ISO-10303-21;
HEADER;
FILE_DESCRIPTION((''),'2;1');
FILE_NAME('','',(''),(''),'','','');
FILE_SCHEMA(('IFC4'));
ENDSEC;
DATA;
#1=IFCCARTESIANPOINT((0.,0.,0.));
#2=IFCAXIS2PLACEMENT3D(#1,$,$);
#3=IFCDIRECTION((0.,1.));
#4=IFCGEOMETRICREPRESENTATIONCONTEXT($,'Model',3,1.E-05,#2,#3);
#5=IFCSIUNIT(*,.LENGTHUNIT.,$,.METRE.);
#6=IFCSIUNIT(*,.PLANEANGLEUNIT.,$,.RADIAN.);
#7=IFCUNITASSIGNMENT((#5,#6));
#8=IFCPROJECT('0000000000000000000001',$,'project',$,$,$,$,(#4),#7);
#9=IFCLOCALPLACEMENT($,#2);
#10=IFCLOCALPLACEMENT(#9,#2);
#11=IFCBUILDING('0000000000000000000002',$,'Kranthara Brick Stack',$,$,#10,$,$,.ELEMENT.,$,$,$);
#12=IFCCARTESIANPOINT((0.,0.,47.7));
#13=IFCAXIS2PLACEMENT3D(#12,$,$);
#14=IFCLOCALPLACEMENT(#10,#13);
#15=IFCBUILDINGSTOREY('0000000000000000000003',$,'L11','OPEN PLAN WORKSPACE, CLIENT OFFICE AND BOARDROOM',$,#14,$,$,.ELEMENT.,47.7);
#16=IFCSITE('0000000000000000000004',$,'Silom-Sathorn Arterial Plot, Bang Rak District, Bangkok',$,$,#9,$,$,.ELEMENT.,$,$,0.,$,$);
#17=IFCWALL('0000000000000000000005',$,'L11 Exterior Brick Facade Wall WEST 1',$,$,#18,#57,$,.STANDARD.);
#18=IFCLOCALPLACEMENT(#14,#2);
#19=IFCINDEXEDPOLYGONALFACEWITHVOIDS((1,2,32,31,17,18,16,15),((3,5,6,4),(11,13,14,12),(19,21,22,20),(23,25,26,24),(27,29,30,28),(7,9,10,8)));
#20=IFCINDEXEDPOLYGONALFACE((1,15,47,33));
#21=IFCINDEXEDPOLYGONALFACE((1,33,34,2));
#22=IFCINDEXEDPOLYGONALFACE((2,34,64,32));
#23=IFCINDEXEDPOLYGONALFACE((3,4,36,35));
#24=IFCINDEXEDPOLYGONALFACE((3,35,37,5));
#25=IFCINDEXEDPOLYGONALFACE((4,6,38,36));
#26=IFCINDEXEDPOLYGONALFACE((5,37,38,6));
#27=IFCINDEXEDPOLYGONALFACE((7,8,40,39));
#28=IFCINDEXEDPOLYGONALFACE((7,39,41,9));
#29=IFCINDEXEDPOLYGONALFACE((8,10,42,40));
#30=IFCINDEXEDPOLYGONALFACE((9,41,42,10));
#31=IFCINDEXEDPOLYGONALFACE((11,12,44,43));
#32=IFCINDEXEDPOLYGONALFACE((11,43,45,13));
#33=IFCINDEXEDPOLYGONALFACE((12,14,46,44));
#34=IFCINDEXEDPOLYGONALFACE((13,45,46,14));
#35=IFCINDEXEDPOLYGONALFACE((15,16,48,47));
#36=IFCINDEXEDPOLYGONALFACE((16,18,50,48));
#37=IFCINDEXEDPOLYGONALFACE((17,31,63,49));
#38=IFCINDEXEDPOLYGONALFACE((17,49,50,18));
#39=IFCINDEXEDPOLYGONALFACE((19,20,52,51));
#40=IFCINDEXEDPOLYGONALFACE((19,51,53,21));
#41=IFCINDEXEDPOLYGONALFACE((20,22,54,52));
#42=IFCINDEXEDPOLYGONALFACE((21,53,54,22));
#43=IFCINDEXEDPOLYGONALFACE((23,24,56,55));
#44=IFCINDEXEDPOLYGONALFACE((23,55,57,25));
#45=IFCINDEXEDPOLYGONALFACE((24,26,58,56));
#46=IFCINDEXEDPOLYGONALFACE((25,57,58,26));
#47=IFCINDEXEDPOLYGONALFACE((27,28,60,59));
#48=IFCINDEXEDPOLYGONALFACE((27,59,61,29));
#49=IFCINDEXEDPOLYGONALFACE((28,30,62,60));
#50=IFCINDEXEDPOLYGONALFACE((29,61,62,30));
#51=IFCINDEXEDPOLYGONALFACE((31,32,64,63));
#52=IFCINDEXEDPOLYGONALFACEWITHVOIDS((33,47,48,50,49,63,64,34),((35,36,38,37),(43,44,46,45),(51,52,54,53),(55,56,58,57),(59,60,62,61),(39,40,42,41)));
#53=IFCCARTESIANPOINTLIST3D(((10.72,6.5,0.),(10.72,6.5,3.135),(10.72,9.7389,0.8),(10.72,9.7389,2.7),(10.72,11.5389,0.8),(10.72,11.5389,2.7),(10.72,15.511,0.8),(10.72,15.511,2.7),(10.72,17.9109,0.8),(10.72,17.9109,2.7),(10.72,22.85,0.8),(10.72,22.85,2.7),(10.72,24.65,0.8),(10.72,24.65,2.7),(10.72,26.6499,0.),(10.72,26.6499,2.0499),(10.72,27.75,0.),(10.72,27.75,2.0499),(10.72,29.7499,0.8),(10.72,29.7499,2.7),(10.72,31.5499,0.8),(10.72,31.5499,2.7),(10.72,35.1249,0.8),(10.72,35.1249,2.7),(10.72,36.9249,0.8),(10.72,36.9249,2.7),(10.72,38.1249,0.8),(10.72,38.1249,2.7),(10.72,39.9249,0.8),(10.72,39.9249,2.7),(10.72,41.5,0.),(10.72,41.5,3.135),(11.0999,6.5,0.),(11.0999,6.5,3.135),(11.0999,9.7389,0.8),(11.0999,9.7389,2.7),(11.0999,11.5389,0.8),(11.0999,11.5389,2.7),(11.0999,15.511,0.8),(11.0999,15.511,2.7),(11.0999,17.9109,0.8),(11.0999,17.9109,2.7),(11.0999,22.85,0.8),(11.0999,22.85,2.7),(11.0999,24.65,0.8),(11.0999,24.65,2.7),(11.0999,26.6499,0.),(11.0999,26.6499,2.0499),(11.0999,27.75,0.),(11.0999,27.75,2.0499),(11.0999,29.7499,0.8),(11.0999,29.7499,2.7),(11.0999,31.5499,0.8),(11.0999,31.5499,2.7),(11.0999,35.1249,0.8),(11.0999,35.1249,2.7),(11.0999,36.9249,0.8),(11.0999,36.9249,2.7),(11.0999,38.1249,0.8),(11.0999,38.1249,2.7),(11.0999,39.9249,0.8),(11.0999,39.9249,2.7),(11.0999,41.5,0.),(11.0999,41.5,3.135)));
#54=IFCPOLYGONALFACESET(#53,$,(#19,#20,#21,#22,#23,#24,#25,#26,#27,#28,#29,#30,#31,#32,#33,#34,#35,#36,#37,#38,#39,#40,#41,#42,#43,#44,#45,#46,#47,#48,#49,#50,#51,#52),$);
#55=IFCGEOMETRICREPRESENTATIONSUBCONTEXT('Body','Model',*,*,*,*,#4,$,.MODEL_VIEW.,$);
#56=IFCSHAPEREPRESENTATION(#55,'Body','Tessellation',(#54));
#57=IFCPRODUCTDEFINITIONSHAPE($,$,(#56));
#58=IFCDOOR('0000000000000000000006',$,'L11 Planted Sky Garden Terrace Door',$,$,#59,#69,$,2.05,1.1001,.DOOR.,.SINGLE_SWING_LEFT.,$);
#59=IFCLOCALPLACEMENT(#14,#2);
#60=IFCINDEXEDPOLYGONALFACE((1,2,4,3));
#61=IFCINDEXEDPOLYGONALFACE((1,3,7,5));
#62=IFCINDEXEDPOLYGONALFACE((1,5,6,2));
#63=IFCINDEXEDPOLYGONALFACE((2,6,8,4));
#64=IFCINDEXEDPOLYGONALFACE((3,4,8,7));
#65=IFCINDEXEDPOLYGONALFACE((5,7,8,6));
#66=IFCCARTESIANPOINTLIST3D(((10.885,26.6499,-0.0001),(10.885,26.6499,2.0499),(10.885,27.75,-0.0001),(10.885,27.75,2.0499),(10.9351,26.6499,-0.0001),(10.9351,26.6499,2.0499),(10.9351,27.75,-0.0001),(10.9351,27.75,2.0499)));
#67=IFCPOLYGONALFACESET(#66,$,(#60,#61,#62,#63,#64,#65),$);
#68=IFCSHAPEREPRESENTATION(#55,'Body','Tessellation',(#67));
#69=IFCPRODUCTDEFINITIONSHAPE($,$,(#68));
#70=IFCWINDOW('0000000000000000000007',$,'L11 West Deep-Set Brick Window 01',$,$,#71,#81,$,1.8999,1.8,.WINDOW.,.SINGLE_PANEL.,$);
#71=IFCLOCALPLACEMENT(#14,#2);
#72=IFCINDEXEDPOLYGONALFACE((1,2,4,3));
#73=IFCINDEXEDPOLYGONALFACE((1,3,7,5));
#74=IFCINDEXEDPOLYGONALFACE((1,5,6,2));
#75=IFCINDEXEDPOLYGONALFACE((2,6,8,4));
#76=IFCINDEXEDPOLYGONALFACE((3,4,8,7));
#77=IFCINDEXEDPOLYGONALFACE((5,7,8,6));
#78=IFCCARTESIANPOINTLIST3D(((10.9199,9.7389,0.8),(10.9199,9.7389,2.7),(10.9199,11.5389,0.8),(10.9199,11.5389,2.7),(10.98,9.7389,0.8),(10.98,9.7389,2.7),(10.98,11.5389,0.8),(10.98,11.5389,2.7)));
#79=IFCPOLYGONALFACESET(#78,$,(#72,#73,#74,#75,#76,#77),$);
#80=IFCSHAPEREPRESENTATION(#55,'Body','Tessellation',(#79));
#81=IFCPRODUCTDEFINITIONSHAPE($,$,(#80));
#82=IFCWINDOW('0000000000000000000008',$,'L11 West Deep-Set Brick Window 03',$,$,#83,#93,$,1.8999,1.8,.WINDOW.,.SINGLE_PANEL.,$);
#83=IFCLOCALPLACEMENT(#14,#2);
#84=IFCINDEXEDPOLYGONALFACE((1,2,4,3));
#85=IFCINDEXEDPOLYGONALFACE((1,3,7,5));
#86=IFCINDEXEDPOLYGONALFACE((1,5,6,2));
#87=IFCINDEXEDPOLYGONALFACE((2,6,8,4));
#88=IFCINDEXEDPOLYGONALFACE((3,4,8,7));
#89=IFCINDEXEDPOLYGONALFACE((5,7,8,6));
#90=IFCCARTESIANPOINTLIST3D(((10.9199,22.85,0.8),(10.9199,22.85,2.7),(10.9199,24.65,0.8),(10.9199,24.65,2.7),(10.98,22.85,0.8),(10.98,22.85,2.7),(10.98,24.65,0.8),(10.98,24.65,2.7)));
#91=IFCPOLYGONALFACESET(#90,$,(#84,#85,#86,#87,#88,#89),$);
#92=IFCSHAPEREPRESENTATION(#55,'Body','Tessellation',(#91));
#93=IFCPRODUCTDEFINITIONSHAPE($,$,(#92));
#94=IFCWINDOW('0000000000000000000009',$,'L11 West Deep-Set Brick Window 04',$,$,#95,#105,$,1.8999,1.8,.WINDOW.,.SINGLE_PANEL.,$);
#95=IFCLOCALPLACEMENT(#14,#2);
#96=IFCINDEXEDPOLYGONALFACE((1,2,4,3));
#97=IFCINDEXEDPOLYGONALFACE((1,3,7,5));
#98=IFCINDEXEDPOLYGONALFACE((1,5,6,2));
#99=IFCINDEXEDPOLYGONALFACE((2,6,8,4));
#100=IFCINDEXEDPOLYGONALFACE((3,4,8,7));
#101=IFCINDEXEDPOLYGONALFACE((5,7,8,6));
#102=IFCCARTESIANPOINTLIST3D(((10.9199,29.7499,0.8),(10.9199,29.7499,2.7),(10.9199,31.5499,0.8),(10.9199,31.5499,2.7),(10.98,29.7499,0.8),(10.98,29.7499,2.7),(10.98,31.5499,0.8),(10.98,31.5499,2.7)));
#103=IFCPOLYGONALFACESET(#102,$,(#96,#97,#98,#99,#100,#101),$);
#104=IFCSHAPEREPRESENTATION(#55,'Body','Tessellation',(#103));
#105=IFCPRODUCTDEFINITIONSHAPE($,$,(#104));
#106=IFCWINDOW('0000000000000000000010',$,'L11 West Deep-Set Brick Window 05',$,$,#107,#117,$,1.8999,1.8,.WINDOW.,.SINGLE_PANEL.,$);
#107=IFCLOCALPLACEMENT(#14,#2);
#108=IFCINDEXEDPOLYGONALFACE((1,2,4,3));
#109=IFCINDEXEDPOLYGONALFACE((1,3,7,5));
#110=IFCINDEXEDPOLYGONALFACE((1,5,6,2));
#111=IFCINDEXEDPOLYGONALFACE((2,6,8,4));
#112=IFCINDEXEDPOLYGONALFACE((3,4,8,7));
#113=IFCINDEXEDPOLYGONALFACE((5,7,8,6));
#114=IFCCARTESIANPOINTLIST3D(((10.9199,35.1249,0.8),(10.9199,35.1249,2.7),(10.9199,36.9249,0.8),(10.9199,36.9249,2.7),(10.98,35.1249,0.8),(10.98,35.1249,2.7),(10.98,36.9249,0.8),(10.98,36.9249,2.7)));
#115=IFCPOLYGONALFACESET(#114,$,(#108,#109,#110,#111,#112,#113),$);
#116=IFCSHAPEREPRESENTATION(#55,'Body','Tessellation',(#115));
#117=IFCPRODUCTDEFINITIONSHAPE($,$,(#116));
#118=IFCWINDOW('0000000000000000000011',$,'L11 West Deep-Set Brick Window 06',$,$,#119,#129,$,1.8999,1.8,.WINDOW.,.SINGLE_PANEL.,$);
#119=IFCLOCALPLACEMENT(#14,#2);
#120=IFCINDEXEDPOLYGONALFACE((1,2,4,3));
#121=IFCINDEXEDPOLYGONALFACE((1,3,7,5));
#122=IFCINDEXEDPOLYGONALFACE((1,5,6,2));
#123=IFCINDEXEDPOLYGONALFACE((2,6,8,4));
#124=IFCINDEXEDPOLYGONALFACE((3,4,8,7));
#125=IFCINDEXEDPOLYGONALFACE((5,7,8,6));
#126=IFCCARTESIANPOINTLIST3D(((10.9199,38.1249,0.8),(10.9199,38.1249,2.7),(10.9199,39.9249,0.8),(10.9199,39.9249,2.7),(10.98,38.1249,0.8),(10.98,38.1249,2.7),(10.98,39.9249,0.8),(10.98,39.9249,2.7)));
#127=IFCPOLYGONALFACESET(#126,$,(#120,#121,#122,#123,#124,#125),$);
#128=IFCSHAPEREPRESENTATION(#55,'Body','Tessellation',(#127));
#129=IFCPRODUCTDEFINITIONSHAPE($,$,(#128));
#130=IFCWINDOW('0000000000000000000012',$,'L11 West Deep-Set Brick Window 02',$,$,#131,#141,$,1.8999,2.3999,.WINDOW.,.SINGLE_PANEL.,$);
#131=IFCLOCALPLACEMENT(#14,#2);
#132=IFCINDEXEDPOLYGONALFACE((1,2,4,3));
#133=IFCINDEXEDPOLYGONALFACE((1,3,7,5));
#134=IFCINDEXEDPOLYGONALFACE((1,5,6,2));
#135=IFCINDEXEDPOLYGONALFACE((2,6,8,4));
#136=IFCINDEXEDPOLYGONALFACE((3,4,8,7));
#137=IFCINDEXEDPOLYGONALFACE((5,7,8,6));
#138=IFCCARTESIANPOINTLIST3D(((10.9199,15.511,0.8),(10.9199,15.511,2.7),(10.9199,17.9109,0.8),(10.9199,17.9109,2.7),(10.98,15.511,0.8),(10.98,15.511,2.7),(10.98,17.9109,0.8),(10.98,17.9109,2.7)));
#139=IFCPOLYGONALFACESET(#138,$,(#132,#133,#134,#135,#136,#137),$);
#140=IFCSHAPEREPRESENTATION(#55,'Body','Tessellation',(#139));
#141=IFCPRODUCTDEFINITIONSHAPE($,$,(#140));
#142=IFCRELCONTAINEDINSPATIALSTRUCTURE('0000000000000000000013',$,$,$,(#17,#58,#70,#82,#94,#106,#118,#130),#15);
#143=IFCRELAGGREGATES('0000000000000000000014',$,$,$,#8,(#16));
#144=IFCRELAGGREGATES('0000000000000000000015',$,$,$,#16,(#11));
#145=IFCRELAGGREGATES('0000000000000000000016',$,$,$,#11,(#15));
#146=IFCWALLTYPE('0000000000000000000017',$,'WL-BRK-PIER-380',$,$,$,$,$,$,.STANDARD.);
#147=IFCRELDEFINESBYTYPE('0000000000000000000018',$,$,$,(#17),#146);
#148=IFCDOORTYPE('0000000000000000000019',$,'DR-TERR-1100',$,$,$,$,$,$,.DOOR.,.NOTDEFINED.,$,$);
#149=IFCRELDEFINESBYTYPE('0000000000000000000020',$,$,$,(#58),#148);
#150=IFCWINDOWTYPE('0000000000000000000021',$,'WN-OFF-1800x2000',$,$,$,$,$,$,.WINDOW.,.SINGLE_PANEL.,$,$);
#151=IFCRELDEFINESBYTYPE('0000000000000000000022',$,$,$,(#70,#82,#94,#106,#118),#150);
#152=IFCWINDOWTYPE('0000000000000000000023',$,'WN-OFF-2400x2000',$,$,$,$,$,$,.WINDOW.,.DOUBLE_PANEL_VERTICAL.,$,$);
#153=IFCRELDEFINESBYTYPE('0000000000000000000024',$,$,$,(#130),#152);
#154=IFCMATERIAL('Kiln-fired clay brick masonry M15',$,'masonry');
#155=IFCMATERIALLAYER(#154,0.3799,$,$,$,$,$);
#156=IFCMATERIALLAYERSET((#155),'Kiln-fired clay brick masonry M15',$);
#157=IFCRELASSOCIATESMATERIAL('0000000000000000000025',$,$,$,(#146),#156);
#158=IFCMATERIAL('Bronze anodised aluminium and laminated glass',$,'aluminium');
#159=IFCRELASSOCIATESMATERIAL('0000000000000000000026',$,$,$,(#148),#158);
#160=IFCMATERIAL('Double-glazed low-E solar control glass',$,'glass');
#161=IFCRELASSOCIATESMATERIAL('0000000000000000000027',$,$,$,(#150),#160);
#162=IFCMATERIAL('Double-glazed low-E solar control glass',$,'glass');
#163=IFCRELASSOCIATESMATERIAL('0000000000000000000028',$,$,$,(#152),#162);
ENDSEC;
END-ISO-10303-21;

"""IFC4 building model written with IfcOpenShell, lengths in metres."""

from ifc_helpers import new_model, si_unit, direction, frame, frame_2d, origin, place, context, subcontext, project, spatial, rectangle, extrude, material, layer, layer_set, type_object, element, fill, save


model = new_model("IFC4")

# Units and contexts
model_context = context("Model", 3, precision=1e-05, world=origin(), true_north=direction((0.0, 1.0)))
body_context = subcontext(model_context, "Body", "Model", "MODEL_VIEW")
ifc_project = project(units=[si_unit("LENGTHUNIT", "METRE"), si_unit("PLANEANGLEUNIT", "RADIAN")], contexts=[model_context])

# Site, building, storey
site_placement = place(None, origin())
site = spatial("IfcSite", under=ifc_project, at=site_placement, Name="Silom-Sathorn Arterial Plot, Bang Rak District, Bangkok", CompositionType="ELEMENT", RefElevation=0.0)
building_placement = place(site_placement, origin())
building = spatial("IfcBuilding", under=site, at=building_placement, Name="Kranthara Brick Stack", CompositionType="ELEMENT")
storey_placement = place(building_placement, frame((0.0, 0.0, 47.7)))
storey = spatial("IfcBuildingStorey", under=building, at=storey_placement, Name="L11", Description="OPEN PLAN WORKSPACE, CLIENT OFFICE AND BOARDROOM", CompositionType="ELEMENT", Elevation=47.7)

# Wall, openings, door, windows
ifc_material_1 = material(Name="Kiln-fired clay brick masonry M15", Category="masonry")
ifc_layer_1 = layer(ifc_material_1, 0.3799)
ifc_layer_set_1 = layer_set([ifc_layer_1], Name="Kiln-fired clay brick masonry M15")
wall_type = type_object("IfcWallType", Name="WL-BRK-PIER-380", PredefinedType="STANDARD", material=ifc_layer_set_1)
wall_placement = place(storey_placement, frame((10.9099, 6.5, 0.0), z_axis=(0.0, 0.0, 1.0), x_axis=(0.0, 1.0, 0.0)))
wall = element("IfcWall", 1, at=wall_placement, inside=storey, type_object=wall_type, Name="L11 Exterior Brick Facade Wall WEST 1", PredefinedType="STANDARD", context=body_context, shape_type="SweptSolid", body=[
    extrude(rectangle(XDim=35.0, YDim=0.3799, at=frame_2d((17.5, 0.0))), origin(), (0.0, 0.0, 1.0), 3.135),
])
opening_1_placement = place(wall_placement, frame((20.1499, 0.0, 0.0)))
opening_1 = element("IfcOpeningElement", 2, at=opening_1_placement, cuts=wall, PredefinedType="OPENING", context=body_context, shape_type="SweptSolid", body=[
    extrude(rectangle(XDim=1.1001, YDim=2.05, at=frame_2d((0.55, 1.0249))), frame((0.0, 0.2, 0.0), z_axis=(0.0, -1.0, 0.0), x_axis=(1.0, 0.0, 0.0)), (0.0, 0.0, 1.0), 0.3999),
])
opening_2_placement = place(wall_placement, frame((3.239, 0.0, 0.8)))
opening_2 = element("IfcOpeningElement", 3, at=opening_2_placement, cuts=wall, PredefinedType="OPENING", context=body_context, shape_type="SweptSolid", body=[
    extrude(rectangle(XDim=1.8, YDim=1.8999, at=frame_2d((0.8999, 0.95))), frame((0.0, 0.2, 0.0), z_axis=(0.0, -1.0, 0.0), x_axis=(1.0, 0.0, 0.0)), (0.0, 0.0, 1.0), 0.3999),
])
opening_3_placement = place(wall_placement, frame((9.011, 0.0, 0.8)))
opening_3 = element("IfcOpeningElement", 4, at=opening_3_placement, cuts=wall, PredefinedType="OPENING", context=body_context, shape_type="SweptSolid", body=[
    extrude(rectangle(XDim=2.3999, YDim=1.8999, at=frame_2d((1.2, 0.95))), frame((0.0, 0.2, 0.0), z_axis=(0.0, -1.0, 0.0), x_axis=(1.0, 0.0, 0.0)), (0.0, 0.0, 1.0), 0.3999),
])
opening_4_placement = place(wall_placement, frame((16.3501, 0.0, 0.8)))
opening_4 = element("IfcOpeningElement", 5, at=opening_4_placement, cuts=wall, PredefinedType="OPENING", context=body_context, shape_type="SweptSolid", body=[
    extrude(rectangle(XDim=1.8, YDim=1.8999, at=frame_2d((0.8999, 0.95))), frame((0.0, 0.2, 0.0), z_axis=(0.0, -1.0, 0.0), x_axis=(1.0, 0.0, 0.0)), (0.0, 0.0, 1.0), 0.3999),
])
opening_5_placement = place(wall_placement, frame((23.25, 0.0, 0.8)))
opening_5 = element("IfcOpeningElement", 6, at=opening_5_placement, cuts=wall, PredefinedType="OPENING", context=body_context, shape_type="SweptSolid", body=[
    extrude(rectangle(XDim=1.8, YDim=1.8999, at=frame_2d((0.8999, 0.95))), frame((0.0, 0.2, 0.0), z_axis=(0.0, -1.0, 0.0), x_axis=(1.0, 0.0, 0.0)), (0.0, 0.0, 1.0), 0.3999),
])
opening_6_placement = place(wall_placement, frame((28.625, 0.0, 0.8)))
opening_6 = element("IfcOpeningElement", 7, at=opening_6_placement, cuts=wall, PredefinedType="OPENING", context=body_context, shape_type="SweptSolid", body=[
    extrude(rectangle(XDim=1.8, YDim=1.8999, at=frame_2d((0.8999, 0.95))), frame((0.0, 0.2, 0.0), z_axis=(0.0, -1.0, 0.0), x_axis=(1.0, 0.0, 0.0)), (0.0, 0.0, 1.0), 0.3999),
])
opening_7_placement = place(wall_placement, frame((31.625, 0.0, 0.8)))
opening_7 = element("IfcOpeningElement", 8, at=opening_7_placement, cuts=wall, PredefinedType="OPENING", context=body_context, shape_type="SweptSolid", body=[
    extrude(rectangle(XDim=1.8, YDim=1.8999, at=frame_2d((0.8999, 0.95))), frame((0.0, 0.2, 0.0), z_axis=(0.0, -1.0, 0.0), x_axis=(1.0, 0.0, 0.0)), (0.0, 0.0, 1.0), 0.3999),
])
ifc_material_2 = material(Name="Bronze anodised aluminium and laminated glass", Category="aluminium")
door_type = type_object("IfcDoorType", Name="DR-TERR-1100", OperationType="NOTDEFINED", PredefinedType="DOOR", material=ifc_material_2)
door_placement = place(opening_1_placement, origin())
door = element("IfcDoor", 9, at=door_placement, inside=storey, type_object=door_type, Name="L11 Planted Sky Garden Terrace Door", OperationType="SINGLE_SWING_LEFT", OverallHeight=2.05, OverallWidth=1.1001, PredefinedType="DOOR", context=body_context, shape_type="SweptSolid", body=[
    extrude(rectangle(XDim=1.1001, YDim=2.05, at=frame_2d((0.55, 1.0249))), frame((0.0, 0.0249, 0.0), z_axis=(0.0, -1.0, 0.0), x_axis=(1.0, 0.0, 0.0)), (0.0, 0.0, 1.0), 0.05),
])
fill(opening_1, door)
ifc_material_3 = material(Name="Double-glazed low-E solar control glass", Category="glass")
window_type_1 = type_object("IfcWindowType", Name="WN-OFF-1800x2000", PartitioningType="SINGLE_PANEL", PredefinedType="WINDOW", material=ifc_material_3)
window_1_placement = place(opening_2_placement, origin())
window_1 = element("IfcWindow", 10, at=window_1_placement, inside=storey, type_object=window_type_1, Name="L11 West Deep-Set Brick Window 01", OverallHeight=1.8999, OverallWidth=1.8, PartitioningType="SINGLE_PANEL", PredefinedType="WINDOW", context=body_context, shape_type="SweptSolid", body=[
    extrude(rectangle(XDim=1.8, YDim=1.8999, at=frame_2d((0.8999, 0.95))), frame((0.0, -0.01, 0.0), z_axis=(0.0, -1.0, 0.0), x_axis=(1.0, 0.0, 0.0)), (0.0, 0.0, 1.0), 0.0601),
])
fill(opening_2, window_1)
window_2_placement = place(opening_4_placement, origin())
window_2 = element("IfcWindow", 11, at=window_2_placement, inside=storey, type_object=window_type_1, Name="L11 West Deep-Set Brick Window 03", OverallHeight=1.8999, OverallWidth=1.8, PartitioningType="SINGLE_PANEL", PredefinedType="WINDOW", context=body_context, shape_type="SweptSolid", body=[
    extrude(rectangle(XDim=1.8, YDim=1.8999, at=frame_2d((0.8999, 0.95))), frame((0.0, -0.01, 0.0), z_axis=(0.0, -1.0, 0.0), x_axis=(1.0, 0.0, 0.0)), (0.0, 0.0, 1.0), 0.0601),
])
fill(opening_4, window_2)
window_3_placement = place(opening_5_placement, origin())
window_3 = element("IfcWindow", 12, at=window_3_placement, inside=storey, type_object=window_type_1, Name="L11 West Deep-Set Brick Window 04", OverallHeight=1.8999, OverallWidth=1.8, PartitioningType="SINGLE_PANEL", PredefinedType="WINDOW", context=body_context, shape_type="SweptSolid", body=[
    extrude(rectangle(XDim=1.8, YDim=1.8999, at=frame_2d((0.8999, 0.95))), frame((0.0, -0.01, 0.0), z_axis=(0.0, -1.0, 0.0), x_axis=(1.0, 0.0, 0.0)), (0.0, 0.0, 1.0), 0.0601),
])
fill(opening_5, window_3)
window_4_placement = place(opening_6_placement, origin())
window_4 = element("IfcWindow", 13, at=window_4_placement, inside=storey, type_object=window_type_1, Name="L11 West Deep-Set Brick Window 05", OverallHeight=1.8999, OverallWidth=1.8, PartitioningType="SINGLE_PANEL", PredefinedType="WINDOW", context=body_context, shape_type="SweptSolid", body=[
    extrude(rectangle(XDim=1.8, YDim=1.8999, at=frame_2d((0.8999, 0.95))), frame((0.0, -0.01, 0.0), z_axis=(0.0, -1.0, 0.0), x_axis=(1.0, 0.0, 0.0)), (0.0, 0.0, 1.0), 0.0601),
])
fill(opening_6, window_4)
window_5_placement = place(opening_7_placement, origin())
window_5 = element("IfcWindow", 14, at=window_5_placement, inside=storey, type_object=window_type_1, Name="L11 West Deep-Set Brick Window 06", OverallHeight=1.8999, OverallWidth=1.8, PartitioningType="SINGLE_PANEL", PredefinedType="WINDOW", context=body_context, shape_type="SweptSolid", body=[
    extrude(rectangle(XDim=1.8, YDim=1.8999, at=frame_2d((0.8999, 0.95))), frame((0.0, -0.01, 0.0), z_axis=(0.0, -1.0, 0.0), x_axis=(1.0, 0.0, 0.0)), (0.0, 0.0, 1.0), 0.0601),
])
fill(opening_7, window_5)
ifc_material_4 = material(Name="Double-glazed low-E solar control glass", Category="glass")
window_type_2 = type_object("IfcWindowType", Name="WN-OFF-2400x2000", PartitioningType="DOUBLE_PANEL_VERTICAL", PredefinedType="WINDOW", material=ifc_material_4)
window_6_placement = place(opening_3_placement, origin())
window_6 = element("IfcWindow", 15, at=window_6_placement, inside=storey, type_object=window_type_2, Name="L11 West Deep-Set Brick Window 02", OverallHeight=1.8999, OverallWidth=2.3999, PartitioningType="SINGLE_PANEL", PredefinedType="WINDOW", context=body_context, shape_type="SweptSolid", body=[
    extrude(rectangle(XDim=2.3999, YDim=1.8999, at=frame_2d((1.2, 0.95))), frame((0.0, -0.01, 0.0), z_axis=(0.0, -1.0, 0.0), x_axis=(1.0, 0.0, 0.0)), (0.0, 0.0, 1.0), 0.0601),
])
fill(opening_3, window_6)

save(model, "model.ifc")
